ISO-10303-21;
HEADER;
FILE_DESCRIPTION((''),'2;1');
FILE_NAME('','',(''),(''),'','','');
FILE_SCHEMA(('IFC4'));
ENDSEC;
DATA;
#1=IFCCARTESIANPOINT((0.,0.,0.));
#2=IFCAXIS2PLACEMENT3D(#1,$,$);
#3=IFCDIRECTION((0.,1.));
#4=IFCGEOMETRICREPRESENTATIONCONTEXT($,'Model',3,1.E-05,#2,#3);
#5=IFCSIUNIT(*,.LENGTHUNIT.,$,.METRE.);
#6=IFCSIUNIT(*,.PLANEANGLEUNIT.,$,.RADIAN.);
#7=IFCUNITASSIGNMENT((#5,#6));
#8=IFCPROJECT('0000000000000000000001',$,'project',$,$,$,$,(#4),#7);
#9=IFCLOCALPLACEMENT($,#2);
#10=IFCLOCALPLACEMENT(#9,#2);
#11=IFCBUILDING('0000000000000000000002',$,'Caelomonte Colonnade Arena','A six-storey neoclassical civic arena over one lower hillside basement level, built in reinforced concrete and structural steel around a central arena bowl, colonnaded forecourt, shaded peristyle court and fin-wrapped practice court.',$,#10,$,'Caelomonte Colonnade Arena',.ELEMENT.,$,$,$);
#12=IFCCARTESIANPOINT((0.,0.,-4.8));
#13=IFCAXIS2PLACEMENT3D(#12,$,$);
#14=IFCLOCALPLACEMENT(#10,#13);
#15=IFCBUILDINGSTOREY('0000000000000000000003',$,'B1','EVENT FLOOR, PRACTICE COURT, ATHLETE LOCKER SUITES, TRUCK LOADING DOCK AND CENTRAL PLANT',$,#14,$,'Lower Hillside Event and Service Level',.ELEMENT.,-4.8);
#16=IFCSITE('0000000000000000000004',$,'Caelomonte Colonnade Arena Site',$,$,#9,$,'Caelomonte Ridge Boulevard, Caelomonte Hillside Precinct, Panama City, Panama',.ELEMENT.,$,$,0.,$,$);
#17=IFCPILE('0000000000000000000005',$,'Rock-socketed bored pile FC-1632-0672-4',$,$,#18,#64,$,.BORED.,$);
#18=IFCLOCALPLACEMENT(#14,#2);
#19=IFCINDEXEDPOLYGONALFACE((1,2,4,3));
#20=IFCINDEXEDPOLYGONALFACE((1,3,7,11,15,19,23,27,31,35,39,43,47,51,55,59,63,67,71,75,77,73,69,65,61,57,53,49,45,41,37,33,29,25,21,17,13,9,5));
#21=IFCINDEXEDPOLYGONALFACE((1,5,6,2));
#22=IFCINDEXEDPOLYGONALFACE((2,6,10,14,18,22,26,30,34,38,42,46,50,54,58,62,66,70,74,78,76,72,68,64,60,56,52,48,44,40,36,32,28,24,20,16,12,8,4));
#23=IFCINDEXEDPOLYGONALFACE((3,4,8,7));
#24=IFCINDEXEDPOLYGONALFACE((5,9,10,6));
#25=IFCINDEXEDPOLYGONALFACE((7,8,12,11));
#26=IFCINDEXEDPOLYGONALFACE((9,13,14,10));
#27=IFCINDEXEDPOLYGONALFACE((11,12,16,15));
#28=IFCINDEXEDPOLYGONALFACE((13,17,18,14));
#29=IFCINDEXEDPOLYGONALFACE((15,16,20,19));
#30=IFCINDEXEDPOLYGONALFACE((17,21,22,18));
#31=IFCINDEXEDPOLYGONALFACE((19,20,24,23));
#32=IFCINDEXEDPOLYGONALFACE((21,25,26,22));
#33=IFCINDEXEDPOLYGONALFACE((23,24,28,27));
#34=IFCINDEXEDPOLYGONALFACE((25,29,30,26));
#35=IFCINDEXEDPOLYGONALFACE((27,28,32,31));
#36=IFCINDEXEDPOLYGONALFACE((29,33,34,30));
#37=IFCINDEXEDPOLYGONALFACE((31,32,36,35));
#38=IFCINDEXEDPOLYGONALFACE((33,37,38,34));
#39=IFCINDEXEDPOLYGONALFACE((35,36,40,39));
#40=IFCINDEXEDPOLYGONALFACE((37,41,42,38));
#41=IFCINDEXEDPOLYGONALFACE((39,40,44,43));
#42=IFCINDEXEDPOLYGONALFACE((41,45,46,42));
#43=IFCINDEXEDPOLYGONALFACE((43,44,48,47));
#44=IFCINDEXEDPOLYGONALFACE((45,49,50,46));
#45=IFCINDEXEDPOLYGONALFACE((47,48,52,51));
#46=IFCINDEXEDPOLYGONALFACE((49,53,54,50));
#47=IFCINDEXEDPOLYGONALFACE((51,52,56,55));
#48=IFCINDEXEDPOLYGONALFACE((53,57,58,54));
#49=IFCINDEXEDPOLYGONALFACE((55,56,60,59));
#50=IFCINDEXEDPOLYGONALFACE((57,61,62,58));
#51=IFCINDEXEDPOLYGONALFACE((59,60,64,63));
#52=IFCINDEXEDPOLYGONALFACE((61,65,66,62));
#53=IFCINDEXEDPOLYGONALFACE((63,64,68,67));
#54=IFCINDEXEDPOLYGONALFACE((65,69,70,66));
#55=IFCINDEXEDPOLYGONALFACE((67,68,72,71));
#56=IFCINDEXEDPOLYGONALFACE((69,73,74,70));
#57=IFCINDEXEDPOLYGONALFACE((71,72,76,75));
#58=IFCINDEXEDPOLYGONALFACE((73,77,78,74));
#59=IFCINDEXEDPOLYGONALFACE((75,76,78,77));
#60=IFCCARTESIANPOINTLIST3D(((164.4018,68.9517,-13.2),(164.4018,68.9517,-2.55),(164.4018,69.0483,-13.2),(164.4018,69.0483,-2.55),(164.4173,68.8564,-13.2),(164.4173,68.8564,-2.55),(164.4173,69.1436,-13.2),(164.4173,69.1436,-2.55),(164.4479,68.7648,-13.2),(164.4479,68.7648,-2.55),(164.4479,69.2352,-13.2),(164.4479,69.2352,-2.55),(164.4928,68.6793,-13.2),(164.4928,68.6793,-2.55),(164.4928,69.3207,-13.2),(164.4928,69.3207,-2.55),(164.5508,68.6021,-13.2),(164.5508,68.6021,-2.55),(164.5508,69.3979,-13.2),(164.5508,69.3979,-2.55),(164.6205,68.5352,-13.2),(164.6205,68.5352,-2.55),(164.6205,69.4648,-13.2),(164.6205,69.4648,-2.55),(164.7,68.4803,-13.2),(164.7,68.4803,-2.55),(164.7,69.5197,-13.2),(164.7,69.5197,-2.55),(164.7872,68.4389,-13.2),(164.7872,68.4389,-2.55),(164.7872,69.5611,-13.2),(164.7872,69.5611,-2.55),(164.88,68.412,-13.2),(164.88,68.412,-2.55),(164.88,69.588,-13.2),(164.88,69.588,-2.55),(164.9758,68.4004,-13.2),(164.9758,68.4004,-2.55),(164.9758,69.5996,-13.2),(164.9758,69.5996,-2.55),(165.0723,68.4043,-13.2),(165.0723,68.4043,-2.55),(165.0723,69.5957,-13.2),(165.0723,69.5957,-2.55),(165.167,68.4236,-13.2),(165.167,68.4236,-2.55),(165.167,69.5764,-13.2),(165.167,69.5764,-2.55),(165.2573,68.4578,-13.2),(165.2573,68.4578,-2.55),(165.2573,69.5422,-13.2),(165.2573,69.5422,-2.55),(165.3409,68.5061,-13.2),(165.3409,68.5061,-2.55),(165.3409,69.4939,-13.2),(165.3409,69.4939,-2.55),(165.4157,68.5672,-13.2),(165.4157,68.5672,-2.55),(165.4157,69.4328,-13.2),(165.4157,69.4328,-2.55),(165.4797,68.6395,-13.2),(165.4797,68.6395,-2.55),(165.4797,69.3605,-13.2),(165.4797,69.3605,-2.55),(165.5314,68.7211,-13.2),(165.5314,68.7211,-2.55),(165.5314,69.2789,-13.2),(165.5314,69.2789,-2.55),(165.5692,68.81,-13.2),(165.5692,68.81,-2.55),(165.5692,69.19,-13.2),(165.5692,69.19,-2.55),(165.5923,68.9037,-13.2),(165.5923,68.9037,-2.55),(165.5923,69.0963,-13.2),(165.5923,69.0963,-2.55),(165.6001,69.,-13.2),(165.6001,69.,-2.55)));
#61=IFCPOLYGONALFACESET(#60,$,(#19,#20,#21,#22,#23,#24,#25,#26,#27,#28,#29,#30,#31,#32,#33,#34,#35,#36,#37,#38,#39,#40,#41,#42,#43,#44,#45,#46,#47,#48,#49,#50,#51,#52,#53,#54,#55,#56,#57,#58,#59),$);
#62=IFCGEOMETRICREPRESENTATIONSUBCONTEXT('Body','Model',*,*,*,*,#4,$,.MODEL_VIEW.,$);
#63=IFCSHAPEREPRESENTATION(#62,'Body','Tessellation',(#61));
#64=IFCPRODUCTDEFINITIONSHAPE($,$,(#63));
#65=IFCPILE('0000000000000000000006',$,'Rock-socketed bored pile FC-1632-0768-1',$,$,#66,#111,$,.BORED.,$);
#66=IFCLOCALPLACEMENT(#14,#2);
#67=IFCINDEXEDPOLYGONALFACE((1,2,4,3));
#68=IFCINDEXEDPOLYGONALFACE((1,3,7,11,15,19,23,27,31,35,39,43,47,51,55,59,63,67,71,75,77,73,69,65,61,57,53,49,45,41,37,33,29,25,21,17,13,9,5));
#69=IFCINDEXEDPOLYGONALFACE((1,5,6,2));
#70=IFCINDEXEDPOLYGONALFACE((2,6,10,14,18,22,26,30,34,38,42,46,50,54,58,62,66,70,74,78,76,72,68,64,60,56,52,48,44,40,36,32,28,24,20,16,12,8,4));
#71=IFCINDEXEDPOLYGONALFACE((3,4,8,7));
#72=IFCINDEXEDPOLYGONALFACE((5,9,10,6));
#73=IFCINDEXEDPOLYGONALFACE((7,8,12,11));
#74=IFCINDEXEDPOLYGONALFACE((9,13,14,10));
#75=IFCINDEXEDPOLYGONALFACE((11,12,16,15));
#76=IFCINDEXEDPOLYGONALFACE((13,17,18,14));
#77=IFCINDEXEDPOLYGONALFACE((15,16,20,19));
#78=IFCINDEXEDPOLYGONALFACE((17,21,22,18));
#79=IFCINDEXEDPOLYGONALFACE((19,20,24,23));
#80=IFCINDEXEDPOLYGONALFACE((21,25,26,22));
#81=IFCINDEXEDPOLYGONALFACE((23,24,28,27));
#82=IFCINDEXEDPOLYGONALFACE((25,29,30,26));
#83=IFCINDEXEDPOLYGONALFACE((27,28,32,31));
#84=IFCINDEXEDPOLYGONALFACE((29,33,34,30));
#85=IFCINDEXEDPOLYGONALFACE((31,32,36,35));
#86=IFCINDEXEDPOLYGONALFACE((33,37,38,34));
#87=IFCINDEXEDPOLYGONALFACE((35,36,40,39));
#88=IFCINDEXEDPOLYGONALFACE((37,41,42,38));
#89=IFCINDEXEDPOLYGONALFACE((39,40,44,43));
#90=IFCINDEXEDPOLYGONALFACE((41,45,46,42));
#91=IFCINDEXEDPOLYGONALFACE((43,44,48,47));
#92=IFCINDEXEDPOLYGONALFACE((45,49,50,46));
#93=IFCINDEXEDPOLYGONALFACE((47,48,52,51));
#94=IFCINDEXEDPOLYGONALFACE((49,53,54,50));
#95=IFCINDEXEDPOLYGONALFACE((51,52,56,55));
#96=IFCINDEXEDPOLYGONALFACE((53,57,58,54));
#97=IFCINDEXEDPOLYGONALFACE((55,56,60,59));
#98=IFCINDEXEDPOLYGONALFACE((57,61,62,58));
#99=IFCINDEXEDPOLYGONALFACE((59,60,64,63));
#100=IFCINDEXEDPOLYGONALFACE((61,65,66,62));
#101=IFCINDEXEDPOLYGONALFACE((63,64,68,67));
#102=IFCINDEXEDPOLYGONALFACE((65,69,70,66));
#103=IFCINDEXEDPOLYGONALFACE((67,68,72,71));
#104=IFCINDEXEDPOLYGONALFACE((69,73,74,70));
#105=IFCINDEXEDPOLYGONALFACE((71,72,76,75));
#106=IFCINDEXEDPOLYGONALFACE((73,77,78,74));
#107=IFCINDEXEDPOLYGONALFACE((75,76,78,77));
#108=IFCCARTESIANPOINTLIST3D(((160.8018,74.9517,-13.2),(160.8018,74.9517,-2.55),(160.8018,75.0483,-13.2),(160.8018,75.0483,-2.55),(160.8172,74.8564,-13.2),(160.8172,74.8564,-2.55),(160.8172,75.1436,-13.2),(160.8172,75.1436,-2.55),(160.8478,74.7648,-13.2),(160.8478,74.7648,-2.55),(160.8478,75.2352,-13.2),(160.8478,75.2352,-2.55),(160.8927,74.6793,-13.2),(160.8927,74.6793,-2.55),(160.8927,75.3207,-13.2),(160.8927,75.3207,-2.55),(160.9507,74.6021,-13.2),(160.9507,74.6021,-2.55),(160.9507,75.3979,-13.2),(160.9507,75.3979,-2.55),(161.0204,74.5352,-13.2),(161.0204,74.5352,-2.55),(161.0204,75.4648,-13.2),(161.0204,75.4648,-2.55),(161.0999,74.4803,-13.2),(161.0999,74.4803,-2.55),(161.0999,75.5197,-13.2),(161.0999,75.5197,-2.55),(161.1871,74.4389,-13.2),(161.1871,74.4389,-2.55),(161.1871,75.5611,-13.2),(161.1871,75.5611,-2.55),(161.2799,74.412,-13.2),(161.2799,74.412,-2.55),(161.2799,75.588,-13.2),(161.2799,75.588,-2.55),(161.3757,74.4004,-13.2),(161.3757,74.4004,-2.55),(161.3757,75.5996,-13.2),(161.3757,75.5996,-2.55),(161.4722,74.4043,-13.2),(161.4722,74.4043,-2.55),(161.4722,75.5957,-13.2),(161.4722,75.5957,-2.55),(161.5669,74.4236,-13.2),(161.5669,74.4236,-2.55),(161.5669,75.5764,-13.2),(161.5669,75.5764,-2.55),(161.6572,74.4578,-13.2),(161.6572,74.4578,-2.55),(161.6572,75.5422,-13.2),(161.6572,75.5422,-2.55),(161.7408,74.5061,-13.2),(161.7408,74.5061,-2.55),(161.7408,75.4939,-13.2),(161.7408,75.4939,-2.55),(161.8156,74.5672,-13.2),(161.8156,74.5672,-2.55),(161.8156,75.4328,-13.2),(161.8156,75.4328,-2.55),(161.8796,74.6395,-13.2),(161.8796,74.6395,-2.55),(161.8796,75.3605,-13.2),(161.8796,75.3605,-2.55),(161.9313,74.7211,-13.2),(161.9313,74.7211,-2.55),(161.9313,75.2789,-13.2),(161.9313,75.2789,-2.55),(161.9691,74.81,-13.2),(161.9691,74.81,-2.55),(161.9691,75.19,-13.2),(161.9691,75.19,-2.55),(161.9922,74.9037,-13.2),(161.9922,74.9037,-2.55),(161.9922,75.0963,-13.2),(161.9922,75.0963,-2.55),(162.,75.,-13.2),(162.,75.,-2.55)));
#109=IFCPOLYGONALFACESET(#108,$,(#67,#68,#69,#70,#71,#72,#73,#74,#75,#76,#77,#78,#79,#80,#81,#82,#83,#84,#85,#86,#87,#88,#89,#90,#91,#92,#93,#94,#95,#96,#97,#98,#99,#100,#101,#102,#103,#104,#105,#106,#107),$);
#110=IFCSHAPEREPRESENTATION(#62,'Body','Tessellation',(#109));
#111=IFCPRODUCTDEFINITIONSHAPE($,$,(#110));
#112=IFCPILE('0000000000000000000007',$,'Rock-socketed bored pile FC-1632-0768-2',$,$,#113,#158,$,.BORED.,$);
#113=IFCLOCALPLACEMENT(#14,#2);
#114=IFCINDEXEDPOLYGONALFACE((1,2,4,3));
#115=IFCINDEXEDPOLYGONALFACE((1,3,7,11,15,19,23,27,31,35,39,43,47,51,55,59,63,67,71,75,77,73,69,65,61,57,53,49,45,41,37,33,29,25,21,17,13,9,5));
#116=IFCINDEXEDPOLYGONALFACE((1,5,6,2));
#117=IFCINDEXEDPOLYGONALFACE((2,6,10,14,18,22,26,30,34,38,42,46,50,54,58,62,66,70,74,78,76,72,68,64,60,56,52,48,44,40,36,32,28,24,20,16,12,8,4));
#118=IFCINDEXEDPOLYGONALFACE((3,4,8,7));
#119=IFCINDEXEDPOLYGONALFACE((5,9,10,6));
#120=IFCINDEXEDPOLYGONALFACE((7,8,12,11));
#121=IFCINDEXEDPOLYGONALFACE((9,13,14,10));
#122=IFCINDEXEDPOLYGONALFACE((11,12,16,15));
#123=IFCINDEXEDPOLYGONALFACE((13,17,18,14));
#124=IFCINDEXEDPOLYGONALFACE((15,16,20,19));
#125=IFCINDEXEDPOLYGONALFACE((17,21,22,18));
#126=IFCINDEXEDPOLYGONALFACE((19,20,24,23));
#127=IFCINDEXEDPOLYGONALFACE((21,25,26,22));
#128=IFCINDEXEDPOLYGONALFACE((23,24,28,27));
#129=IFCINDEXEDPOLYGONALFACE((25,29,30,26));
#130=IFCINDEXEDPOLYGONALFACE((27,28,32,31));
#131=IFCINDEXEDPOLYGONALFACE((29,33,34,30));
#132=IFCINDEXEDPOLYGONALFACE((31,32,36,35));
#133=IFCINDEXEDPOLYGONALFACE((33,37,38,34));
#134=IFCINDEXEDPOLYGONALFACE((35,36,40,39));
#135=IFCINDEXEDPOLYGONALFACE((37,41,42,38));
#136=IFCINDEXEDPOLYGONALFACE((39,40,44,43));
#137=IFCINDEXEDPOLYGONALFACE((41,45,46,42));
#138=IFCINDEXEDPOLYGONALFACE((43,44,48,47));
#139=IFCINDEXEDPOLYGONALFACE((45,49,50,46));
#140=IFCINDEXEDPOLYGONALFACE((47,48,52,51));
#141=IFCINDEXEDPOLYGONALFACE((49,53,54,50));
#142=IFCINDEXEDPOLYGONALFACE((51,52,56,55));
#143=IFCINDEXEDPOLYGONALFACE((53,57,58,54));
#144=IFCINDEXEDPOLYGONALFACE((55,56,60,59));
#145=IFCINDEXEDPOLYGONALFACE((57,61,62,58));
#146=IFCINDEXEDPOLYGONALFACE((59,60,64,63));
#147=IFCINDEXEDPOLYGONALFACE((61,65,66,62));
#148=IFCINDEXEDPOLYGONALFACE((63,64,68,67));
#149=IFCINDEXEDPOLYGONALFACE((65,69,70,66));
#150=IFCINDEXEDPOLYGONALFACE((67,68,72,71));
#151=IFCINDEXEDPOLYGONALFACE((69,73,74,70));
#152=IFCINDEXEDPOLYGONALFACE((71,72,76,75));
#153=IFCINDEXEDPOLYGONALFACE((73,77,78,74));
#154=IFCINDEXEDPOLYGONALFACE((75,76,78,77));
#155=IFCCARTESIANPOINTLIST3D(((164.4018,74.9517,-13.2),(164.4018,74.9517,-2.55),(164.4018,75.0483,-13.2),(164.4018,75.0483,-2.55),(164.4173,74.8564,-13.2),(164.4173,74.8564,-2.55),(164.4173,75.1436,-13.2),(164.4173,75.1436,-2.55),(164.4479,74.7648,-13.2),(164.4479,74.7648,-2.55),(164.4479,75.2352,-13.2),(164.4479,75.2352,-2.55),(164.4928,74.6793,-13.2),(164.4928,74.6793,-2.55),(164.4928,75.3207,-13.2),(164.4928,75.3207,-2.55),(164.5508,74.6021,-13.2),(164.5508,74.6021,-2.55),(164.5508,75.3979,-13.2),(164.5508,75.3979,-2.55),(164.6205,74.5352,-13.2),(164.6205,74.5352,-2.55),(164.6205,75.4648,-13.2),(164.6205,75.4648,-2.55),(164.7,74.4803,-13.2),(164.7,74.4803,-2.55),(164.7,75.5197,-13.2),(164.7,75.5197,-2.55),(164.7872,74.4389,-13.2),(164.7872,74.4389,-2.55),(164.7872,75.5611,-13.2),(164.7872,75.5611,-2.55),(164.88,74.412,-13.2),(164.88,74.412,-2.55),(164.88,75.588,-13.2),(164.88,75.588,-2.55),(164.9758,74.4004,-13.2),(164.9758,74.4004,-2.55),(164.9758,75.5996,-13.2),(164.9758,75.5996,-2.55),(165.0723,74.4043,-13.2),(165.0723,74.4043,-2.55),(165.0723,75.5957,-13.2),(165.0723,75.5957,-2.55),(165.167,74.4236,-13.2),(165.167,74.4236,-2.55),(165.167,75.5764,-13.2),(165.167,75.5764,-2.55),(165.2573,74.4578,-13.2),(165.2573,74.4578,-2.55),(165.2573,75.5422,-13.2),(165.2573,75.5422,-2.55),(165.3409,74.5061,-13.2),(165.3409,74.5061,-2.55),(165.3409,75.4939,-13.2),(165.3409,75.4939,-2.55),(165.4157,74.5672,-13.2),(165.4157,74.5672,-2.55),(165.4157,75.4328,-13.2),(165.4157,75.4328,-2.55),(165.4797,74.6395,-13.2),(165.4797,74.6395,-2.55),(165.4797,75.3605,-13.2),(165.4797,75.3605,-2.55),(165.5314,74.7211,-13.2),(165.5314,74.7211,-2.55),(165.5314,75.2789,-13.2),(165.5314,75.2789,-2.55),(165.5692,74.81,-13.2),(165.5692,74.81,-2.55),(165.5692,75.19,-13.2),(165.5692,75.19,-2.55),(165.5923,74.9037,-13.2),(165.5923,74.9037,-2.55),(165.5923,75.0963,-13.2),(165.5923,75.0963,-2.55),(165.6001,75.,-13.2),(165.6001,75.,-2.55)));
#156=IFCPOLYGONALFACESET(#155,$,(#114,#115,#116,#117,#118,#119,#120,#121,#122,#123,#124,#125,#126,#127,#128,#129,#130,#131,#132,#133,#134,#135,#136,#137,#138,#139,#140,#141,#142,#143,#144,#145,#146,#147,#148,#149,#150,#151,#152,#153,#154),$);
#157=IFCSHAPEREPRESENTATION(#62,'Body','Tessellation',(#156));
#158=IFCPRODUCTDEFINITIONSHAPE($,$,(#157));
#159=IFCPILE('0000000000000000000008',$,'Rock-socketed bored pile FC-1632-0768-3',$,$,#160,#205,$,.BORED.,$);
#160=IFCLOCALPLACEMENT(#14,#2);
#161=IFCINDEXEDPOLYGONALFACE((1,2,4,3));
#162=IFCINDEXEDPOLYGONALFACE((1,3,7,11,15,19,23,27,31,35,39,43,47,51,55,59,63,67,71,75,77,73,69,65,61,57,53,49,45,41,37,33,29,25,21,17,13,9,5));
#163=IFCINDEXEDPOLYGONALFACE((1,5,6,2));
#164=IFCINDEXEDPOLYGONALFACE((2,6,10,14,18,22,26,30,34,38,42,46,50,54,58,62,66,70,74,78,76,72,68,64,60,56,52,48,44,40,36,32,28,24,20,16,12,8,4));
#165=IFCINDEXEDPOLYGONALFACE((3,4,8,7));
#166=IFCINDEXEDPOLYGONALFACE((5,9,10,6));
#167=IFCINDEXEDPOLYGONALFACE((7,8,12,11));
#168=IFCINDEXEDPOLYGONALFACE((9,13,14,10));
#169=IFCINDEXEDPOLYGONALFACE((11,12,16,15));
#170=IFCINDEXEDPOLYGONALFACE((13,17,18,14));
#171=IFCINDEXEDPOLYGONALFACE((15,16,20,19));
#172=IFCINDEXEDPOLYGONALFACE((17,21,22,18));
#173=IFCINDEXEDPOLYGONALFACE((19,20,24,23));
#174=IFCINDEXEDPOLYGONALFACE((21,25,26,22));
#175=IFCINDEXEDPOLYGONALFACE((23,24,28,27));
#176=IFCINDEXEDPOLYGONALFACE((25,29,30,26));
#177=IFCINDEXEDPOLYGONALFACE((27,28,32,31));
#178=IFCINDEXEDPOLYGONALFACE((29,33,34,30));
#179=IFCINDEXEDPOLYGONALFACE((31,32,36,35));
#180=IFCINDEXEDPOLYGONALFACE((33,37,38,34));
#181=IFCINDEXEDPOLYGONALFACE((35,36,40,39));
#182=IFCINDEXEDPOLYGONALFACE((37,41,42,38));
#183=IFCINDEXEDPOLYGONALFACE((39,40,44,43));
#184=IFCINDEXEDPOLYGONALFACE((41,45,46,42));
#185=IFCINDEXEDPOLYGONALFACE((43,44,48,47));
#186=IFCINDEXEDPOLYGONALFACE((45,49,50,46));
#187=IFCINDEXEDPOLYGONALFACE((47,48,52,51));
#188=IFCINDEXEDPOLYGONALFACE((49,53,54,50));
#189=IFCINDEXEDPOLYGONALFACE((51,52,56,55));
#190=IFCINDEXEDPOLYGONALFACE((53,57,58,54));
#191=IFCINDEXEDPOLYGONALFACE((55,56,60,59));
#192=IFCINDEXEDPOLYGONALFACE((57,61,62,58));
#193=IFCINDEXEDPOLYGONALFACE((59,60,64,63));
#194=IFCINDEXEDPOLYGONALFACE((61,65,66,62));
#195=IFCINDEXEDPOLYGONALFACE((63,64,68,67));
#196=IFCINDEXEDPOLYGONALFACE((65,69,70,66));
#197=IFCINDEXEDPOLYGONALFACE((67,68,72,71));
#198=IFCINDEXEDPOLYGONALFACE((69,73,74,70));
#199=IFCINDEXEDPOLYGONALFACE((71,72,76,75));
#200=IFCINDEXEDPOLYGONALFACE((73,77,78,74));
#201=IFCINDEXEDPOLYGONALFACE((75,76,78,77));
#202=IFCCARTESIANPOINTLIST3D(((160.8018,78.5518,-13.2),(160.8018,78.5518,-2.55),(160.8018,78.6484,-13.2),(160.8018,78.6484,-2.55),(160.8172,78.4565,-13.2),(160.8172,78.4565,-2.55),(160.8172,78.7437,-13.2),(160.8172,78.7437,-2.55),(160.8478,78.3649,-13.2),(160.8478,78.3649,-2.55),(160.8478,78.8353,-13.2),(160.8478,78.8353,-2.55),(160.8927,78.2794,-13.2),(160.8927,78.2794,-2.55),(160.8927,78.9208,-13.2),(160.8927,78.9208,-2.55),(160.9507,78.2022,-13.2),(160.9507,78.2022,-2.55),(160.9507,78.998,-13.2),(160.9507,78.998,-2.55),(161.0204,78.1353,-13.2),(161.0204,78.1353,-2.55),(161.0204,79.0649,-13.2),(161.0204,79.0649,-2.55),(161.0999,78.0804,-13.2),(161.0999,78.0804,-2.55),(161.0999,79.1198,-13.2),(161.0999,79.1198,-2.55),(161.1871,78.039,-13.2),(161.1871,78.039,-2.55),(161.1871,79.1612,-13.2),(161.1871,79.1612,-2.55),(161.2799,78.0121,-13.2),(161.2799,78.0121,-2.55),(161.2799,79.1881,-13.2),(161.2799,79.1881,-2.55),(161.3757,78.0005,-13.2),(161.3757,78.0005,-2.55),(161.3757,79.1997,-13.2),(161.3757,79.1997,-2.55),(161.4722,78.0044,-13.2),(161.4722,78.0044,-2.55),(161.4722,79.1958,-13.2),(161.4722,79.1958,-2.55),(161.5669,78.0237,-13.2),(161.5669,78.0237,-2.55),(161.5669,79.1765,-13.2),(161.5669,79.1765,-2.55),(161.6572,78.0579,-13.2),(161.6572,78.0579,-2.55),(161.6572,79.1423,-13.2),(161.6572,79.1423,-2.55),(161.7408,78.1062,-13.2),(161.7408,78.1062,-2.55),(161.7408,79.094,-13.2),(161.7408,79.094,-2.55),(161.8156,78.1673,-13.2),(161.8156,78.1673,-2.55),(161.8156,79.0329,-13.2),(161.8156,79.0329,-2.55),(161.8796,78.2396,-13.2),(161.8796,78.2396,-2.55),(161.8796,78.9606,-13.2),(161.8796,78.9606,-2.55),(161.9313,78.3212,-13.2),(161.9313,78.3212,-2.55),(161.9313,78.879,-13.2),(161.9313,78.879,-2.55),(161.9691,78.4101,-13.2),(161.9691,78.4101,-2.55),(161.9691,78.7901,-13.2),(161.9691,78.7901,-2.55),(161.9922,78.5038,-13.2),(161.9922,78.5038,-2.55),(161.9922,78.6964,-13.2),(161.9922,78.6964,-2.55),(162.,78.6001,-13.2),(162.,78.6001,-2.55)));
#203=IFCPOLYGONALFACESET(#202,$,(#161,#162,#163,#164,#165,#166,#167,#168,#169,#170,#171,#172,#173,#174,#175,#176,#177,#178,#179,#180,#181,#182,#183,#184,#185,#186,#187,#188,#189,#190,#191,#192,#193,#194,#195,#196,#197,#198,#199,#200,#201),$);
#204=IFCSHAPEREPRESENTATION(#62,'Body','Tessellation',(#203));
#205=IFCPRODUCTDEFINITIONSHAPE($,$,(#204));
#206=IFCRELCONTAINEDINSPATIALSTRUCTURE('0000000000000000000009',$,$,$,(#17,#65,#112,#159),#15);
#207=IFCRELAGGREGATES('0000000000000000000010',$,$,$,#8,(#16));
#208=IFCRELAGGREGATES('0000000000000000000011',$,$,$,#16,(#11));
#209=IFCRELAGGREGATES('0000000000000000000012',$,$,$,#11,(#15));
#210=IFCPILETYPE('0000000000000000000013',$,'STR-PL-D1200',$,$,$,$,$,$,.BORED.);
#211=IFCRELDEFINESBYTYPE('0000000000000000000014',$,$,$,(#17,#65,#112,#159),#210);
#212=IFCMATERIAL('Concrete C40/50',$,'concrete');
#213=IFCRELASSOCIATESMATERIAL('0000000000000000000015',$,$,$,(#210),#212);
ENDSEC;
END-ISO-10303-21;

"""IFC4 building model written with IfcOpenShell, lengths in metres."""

from ifc_helpers import new_model, si_unit, direction, frame, origin, origin_2d, place, context, subcontext, project, spatial, circle, extrude, material, material_profile, profile_set, type_object, element, save


model = new_model("IFC4")

# Units and contexts
model_context = context("Model", 3, precision=1e-05, world=origin(), true_north=direction((0.0, 1.0)))
body_context = subcontext(model_context, "Body", "Model", "MODEL_VIEW")
ifc_project = project(units=[si_unit("LENGTHUNIT", "METRE"), si_unit("PLANEANGLEUNIT", "RADIAN")], contexts=[model_context])

# Site, building, storey
site_placement = place(None, origin())
site = spatial("IfcSite", under=ifc_project, at=site_placement, Name="Caelomonte Colonnade Arena Site", LongName="Caelomonte Ridge Boulevard, Caelomonte Hillside Precinct, Panama City, Panama", CompositionType="ELEMENT", RefElevation=0.0)
building_placement = place(site_placement, origin())
building = spatial("IfcBuilding", under=site, at=building_placement, Name="Caelomonte Colonnade Arena", Description="A six-storey neoclassical civic arena over one lower hillside basement level, built in reinforced concrete and structural steel around a central arena bowl, colonnaded forecourt, shaded peristyle court and fin-wrapped practice court.", LongName="Caelomonte Colonnade Arena", CompositionType="ELEMENT")
storey_placement = place(building_placement, frame((0.0, 0.0, -4.8)))
storey = spatial("IfcBuildingStorey", under=building, at=storey_placement, Name="B1", Description="EVENT FLOOR, PRACTICE COURT, ATHLETE LOCKER SUITES, TRUCK LOADING DOCK AND CENTRAL PLANT", LongName="Lower Hillside Event and Service Level", CompositionType="ELEMENT", Elevation=-4.8)

# Shared definitions
ifc_material_1 = material(Name="Concrete C40/50", Category="concrete")

# Piles
ifc_material_profile_1 = material_profile(ifc_material_1, circle(Radius=0.6001, at=origin_2d()), Name="PILE-D1200")
ifc_profile_set_1 = profile_set([ifc_material_profile_1], Name="Concrete C40/50")
pile_type_1 = type_object("IfcPileType", Name="STR-PL-D1200", PredefinedType="BORED", material=ifc_profile_set_1)
for number, where, z_axis, x_axis, name in (
    (1, (165.0, 69.0, -2.55), (0.0, 0.0, -1.0), (1.0, 0.0, 0.0), "Rock-socketed bored pile FC-1632-0672-4"),
    (2, (161.3999, 75.0, -2.55), (0.0, 0.0, -1.0), (1.0, 0.0, 0.0), "Rock-socketed bored pile FC-1632-0768-1"),
    (3, (165.0, 75.0, -2.55), (0.0, 0.0, -1.0), (1.0, 0.0, 0.0), "Rock-socketed bored pile FC-1632-0768-2"),
    (4, (161.3999, 78.6001, -2.55), (0.0, 0.0, -1.0), (1.0, 0.0, 0.0), "Rock-socketed bored pile FC-1632-0768-3"),
):
    element("IfcPile", number, at=place(storey_placement, frame(where, z_axis=z_axis, x_axis=x_axis)), inside=storey, type_object=pile_type_1, Name=name, PredefinedType="BORED", context=body_context, shape_type="SweptSolid", body=[
        extrude(circle(Radius=0.6001, at=origin_2d()), origin(), (0.0, 0.0, 1.0), 10.6499),
    ])

save(model, "model.ifc")
